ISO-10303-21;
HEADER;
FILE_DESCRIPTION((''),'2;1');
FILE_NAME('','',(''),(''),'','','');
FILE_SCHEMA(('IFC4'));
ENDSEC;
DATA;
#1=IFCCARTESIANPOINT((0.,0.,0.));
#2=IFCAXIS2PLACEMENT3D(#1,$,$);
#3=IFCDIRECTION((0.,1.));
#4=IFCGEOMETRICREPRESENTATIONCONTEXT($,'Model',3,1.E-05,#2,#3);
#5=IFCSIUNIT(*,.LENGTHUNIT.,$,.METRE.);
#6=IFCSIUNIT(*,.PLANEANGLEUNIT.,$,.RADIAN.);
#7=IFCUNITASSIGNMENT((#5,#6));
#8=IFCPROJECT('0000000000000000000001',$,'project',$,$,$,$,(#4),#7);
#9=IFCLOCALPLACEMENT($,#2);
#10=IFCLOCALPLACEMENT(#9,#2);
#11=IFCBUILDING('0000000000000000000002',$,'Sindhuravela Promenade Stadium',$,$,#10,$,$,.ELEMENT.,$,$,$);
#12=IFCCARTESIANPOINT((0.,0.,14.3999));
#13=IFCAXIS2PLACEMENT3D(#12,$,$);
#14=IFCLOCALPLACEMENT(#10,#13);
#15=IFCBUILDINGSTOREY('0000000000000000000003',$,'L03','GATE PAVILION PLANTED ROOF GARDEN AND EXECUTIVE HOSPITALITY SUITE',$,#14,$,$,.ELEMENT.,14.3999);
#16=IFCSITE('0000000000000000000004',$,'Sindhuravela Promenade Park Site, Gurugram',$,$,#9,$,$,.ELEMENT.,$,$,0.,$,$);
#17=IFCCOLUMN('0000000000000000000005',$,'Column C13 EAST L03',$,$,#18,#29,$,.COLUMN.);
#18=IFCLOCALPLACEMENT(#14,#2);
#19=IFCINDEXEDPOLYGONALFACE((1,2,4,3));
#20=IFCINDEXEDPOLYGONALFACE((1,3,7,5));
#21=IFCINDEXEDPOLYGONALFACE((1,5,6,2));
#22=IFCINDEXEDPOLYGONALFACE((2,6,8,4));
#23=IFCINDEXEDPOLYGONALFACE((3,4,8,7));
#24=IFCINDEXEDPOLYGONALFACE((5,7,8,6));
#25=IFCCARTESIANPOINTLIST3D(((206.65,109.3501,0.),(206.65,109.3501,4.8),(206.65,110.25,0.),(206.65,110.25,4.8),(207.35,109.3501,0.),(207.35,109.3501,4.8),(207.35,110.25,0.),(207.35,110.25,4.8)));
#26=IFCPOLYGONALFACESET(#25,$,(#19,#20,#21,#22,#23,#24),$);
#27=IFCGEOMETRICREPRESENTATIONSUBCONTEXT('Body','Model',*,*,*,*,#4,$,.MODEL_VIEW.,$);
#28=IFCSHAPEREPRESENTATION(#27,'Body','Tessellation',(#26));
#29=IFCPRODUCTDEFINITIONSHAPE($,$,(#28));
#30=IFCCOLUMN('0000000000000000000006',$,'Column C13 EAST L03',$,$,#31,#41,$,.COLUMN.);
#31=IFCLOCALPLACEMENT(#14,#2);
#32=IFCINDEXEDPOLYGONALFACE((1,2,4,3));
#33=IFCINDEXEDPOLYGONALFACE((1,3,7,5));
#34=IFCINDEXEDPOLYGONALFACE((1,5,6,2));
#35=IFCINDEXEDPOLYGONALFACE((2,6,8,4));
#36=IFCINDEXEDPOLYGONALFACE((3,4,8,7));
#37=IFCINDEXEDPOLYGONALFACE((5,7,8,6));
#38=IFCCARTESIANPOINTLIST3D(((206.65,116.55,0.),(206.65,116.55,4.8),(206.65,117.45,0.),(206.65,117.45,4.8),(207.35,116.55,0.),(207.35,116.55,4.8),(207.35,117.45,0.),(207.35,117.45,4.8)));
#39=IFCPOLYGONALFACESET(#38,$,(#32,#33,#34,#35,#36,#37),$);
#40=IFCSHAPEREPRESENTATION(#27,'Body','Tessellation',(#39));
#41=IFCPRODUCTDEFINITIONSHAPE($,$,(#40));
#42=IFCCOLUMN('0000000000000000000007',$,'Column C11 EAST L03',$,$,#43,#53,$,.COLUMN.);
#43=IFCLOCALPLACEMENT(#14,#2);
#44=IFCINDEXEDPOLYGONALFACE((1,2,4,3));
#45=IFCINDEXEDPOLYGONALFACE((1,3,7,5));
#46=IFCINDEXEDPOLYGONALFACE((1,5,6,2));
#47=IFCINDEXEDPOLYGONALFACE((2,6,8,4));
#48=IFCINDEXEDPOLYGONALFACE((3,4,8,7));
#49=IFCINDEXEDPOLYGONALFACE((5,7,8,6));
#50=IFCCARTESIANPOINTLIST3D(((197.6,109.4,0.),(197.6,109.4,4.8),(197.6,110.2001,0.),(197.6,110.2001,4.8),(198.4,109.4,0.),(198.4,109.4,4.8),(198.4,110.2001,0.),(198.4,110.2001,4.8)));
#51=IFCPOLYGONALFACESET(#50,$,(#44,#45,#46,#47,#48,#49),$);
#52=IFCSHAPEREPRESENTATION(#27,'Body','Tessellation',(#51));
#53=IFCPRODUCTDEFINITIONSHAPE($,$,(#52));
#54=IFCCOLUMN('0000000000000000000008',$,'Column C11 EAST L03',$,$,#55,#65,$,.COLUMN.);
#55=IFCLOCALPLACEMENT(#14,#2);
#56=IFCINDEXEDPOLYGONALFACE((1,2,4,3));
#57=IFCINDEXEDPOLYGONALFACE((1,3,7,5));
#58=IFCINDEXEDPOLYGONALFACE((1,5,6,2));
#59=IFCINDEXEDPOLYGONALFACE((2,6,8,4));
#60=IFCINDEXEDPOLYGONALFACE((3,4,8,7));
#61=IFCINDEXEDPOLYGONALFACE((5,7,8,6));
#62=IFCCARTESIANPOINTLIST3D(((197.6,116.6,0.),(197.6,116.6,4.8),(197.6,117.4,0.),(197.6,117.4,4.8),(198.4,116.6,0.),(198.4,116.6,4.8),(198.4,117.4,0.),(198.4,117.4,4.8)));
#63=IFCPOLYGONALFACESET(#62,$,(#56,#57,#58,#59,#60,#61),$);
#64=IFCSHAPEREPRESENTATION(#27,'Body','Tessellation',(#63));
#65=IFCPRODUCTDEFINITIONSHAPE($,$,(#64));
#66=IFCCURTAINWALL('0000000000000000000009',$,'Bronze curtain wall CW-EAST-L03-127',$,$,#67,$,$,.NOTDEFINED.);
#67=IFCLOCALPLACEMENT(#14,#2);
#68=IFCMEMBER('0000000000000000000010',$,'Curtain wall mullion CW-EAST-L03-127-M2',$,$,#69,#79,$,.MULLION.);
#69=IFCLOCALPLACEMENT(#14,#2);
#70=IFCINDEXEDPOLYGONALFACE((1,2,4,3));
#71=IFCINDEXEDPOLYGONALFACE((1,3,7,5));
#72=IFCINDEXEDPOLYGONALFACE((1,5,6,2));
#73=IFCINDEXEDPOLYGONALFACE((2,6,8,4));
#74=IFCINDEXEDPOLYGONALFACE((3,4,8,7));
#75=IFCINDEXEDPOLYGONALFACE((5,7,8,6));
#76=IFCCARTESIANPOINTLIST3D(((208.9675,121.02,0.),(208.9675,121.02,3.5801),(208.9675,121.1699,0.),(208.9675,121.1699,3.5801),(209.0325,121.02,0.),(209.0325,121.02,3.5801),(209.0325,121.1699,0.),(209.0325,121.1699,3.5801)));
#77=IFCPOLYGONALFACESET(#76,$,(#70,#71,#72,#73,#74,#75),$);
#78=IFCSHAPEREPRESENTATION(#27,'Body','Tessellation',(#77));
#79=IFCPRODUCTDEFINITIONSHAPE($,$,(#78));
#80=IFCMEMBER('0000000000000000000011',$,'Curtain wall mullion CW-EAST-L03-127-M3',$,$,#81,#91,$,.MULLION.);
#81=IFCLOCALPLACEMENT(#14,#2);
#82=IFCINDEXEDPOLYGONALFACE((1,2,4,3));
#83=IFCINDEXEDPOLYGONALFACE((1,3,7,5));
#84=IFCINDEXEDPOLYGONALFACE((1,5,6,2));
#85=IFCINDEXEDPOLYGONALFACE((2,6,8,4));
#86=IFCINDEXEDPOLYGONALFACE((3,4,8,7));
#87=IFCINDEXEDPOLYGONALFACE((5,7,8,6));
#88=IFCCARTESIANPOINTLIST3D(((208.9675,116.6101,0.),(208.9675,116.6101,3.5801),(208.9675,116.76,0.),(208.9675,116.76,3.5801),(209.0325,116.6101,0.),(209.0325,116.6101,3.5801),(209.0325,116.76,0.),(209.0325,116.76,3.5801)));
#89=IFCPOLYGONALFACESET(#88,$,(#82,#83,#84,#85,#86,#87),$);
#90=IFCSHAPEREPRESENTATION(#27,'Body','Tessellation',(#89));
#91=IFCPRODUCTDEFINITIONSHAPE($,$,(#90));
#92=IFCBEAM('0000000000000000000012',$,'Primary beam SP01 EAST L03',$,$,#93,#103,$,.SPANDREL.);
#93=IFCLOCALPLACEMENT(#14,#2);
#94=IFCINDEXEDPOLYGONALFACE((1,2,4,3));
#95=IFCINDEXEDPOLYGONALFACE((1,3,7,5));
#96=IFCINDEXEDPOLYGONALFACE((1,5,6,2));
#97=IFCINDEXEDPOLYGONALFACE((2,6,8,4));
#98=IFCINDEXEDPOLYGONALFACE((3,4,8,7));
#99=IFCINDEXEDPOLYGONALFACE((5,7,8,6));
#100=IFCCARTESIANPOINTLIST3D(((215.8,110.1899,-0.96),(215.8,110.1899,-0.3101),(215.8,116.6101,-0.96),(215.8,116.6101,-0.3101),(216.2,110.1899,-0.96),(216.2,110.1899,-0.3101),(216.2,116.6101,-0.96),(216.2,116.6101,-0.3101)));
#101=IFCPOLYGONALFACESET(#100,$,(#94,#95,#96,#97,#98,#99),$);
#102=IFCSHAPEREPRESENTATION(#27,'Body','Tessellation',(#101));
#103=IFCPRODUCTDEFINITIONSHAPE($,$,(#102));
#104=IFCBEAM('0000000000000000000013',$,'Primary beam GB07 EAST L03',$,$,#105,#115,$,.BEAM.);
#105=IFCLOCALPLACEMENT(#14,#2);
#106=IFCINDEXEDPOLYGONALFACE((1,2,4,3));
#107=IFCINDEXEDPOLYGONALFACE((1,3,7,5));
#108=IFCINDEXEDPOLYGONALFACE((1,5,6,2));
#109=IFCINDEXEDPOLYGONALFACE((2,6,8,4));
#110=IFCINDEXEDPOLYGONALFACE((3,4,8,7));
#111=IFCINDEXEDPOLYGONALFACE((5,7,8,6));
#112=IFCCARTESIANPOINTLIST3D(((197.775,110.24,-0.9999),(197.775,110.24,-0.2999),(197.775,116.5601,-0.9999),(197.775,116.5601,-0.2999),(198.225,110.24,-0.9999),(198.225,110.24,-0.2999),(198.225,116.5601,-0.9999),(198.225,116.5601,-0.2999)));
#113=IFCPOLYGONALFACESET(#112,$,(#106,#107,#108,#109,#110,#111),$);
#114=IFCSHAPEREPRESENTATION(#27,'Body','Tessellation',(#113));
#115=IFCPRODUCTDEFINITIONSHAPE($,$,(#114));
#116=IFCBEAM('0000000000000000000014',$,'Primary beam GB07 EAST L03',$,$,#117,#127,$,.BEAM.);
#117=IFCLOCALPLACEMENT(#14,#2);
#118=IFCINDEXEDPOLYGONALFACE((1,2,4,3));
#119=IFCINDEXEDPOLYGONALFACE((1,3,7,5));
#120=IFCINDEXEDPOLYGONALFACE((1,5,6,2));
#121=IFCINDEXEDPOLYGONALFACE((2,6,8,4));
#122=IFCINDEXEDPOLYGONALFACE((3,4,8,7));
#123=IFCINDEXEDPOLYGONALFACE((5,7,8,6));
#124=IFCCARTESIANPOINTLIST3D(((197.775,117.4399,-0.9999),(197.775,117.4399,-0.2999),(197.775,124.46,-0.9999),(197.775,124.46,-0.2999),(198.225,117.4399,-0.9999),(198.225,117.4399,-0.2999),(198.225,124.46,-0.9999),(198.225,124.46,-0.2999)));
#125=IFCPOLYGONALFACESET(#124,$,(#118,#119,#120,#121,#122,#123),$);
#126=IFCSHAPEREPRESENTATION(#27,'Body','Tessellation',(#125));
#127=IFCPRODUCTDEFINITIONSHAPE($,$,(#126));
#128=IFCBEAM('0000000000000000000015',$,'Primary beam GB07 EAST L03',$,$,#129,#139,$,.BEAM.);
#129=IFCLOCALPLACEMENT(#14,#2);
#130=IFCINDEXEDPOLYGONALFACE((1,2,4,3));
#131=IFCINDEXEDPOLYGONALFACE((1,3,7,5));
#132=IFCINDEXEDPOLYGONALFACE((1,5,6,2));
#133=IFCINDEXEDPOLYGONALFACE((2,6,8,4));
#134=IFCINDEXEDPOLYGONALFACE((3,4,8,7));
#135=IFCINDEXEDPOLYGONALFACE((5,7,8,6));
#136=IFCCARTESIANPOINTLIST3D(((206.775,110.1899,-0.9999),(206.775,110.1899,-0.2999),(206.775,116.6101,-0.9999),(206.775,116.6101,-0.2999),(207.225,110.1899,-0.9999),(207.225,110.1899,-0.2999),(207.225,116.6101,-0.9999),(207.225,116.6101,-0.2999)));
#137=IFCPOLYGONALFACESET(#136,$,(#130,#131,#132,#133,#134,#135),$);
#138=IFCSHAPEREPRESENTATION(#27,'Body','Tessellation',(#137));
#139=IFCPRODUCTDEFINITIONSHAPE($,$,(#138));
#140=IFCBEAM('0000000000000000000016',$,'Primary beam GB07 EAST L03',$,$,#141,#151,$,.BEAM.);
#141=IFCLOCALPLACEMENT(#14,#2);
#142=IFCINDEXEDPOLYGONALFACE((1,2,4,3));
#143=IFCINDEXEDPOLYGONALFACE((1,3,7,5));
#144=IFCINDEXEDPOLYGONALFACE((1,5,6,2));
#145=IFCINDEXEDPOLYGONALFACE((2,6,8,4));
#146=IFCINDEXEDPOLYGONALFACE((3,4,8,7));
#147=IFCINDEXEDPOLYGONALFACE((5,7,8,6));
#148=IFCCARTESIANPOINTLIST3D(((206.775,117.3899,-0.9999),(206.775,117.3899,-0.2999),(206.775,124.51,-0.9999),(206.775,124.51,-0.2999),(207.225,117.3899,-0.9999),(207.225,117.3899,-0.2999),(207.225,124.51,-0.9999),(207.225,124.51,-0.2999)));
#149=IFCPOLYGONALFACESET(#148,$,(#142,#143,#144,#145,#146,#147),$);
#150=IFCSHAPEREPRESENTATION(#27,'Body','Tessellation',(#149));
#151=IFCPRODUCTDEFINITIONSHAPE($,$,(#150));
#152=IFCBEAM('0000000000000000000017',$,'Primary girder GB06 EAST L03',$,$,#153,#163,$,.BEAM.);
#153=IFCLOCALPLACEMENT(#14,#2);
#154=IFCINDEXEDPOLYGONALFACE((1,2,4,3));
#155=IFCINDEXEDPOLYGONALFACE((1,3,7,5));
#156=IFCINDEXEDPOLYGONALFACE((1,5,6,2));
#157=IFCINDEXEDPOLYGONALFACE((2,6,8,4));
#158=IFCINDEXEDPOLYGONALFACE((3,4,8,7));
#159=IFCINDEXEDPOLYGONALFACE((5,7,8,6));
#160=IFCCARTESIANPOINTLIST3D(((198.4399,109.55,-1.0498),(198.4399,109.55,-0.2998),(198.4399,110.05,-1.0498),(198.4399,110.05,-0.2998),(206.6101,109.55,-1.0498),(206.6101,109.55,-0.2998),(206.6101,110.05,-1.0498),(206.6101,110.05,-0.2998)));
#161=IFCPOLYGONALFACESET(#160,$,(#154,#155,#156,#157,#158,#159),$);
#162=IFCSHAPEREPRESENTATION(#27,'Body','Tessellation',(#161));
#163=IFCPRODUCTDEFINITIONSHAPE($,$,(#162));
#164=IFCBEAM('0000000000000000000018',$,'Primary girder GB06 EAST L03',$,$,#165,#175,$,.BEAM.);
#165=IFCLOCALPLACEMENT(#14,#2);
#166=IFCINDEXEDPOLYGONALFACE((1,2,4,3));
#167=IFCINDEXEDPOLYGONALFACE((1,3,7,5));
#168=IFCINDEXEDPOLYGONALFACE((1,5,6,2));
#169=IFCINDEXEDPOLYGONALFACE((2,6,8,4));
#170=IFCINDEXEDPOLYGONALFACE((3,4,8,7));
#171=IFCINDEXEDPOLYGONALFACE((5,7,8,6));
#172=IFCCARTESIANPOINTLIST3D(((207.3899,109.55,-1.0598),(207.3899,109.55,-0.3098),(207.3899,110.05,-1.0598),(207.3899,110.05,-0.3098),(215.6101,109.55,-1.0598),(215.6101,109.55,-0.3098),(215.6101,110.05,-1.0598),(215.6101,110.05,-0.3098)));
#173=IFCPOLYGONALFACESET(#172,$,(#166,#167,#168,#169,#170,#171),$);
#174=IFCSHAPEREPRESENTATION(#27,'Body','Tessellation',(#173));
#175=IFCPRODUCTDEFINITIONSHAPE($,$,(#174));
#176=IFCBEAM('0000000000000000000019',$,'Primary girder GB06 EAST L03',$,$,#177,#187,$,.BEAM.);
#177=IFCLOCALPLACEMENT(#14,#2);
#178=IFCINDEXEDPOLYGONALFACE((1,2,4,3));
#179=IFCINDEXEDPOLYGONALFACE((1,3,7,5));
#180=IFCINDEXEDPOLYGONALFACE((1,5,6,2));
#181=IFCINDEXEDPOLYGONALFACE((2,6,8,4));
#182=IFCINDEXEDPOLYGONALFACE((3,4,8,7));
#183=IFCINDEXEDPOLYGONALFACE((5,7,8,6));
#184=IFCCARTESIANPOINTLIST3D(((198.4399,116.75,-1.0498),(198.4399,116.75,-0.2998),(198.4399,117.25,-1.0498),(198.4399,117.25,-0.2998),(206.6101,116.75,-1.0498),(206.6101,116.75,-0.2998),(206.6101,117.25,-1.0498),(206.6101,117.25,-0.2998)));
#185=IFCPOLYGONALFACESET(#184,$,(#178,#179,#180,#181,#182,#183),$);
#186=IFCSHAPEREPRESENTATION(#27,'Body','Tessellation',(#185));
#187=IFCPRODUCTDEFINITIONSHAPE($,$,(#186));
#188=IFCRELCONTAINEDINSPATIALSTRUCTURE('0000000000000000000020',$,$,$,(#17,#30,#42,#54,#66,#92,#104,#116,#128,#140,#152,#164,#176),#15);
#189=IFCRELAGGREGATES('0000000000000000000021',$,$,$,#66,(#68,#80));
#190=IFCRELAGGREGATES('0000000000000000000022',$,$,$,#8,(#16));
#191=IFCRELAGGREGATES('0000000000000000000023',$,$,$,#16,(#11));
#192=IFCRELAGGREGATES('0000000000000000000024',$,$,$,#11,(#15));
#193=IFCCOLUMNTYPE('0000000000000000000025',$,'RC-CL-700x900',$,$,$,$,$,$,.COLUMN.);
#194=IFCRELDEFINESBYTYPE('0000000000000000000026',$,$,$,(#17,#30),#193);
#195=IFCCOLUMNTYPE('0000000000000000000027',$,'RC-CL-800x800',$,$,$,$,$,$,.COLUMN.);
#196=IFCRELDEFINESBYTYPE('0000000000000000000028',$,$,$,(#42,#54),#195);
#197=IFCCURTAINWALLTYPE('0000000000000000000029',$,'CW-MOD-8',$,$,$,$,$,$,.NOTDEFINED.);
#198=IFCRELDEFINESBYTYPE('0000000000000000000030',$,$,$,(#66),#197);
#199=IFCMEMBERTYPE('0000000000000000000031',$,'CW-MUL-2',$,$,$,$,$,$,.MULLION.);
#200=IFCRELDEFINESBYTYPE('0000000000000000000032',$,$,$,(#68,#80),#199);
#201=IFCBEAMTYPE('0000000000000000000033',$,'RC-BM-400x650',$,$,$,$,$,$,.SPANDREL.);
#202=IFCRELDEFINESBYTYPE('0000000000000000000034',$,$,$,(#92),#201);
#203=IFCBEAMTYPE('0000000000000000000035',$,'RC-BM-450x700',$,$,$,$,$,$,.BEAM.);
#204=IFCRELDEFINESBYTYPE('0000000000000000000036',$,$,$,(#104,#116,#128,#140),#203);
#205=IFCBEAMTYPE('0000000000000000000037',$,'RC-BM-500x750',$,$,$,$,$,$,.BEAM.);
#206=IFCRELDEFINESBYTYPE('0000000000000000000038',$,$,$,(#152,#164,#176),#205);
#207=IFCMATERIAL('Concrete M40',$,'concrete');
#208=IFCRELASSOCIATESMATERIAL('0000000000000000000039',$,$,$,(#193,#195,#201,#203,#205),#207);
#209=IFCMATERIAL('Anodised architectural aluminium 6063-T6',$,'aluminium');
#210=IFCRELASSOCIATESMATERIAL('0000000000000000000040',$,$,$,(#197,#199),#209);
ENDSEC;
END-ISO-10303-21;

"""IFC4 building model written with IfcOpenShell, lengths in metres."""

from ifc_helpers import new_model, si_unit, direction, frame, origin, origin_2d, place, context, subcontext, project, spatial, rectangle, extrude, material, material_profile, profile_set, type_object, element, aggregate, save


model = new_model("IFC4")

# Units and contexts
model_context = context("Model", 3, precision=1e-05, world=origin(), true_north=direction((0.0, 1.0)))
body_context = subcontext(model_context, "Body", "Model", "MODEL_VIEW")
ifc_project = project(units=[si_unit("LENGTHUNIT", "METRE"), si_unit("PLANEANGLEUNIT", "RADIAN")], contexts=[model_context])

# Site, building, storey
site_placement = place(None, origin())
site = spatial("IfcSite", under=ifc_project, at=site_placement, Name="Sindhuravela Promenade Park Site, Gurugram", CompositionType="ELEMENT", RefElevation=0.0)
building_placement = place(site_placement, origin())
building = spatial("IfcBuilding", under=site, at=building_placement, Name="Sindhuravela Promenade Stadium", CompositionType="ELEMENT")
storey_placement = place(building_placement, frame((0.0, 0.0, 14.3999)))
storey = spatial("IfcBuildingStorey", under=building, at=storey_placement, Name="L03", Description="GATE PAVILION PLANTED ROOF GARDEN AND EXECUTIVE HOSPITALITY SUITE", CompositionType="ELEMENT", Elevation=14.3999)

# Columns
ifc_material_1 = material(Name="Concrete M40", Category="concrete")
ifc_material_profile_1 = material_profile(ifc_material_1, rectangle(XDim=0.7, YDim=0.8999, at=origin_2d()), Name="RC 700x900")
ifc_profile_set_1 = profile_set([ifc_material_profile_1], Name="Concrete M40")
column_type_1 = type_object("IfcColumnType", Name="RC-CL-700x900", PredefinedType="COLUMN", material=ifc_profile_set_1)
for number, where, z_axis, x_axis, name in (
    (1, (207.0, 109.8, 0.0), (0.0, 0.0, 1.0), (1.0, 0.0, 0.0), "Column C13 EAST L03"),
    (2, (207.0, 117.0, 0.0), (0.0, 0.0, 1.0), (1.0, 0.0, 0.0), "Column C13 EAST L03"),
):
    element("IfcColumn", number, at=place(storey_placement, frame(where, z_axis=z_axis, x_axis=x_axis)), inside=storey, type_object=column_type_1, Name=name, PredefinedType="COLUMN", context=body_context, shape_type="SweptSolid", body=[
        extrude(rectangle(XDim=0.7, YDim=0.8999, at=origin_2d()), origin(), (0.0, 0.0, 1.0), 4.8),
    ])
ifc_material_profile_2 = material_profile(ifc_material_1, rectangle(XDim=0.8, YDim=0.8, at=origin_2d()), Name="RC 800x800")
ifc_profile_set_2 = profile_set([ifc_material_profile_2], Name="Concrete M40")
column_type_2 = type_object("IfcColumnType", Name="RC-CL-800x800", PredefinedType="COLUMN", material=ifc_profile_set_2)
for number, where, z_axis, x_axis, name in (
    (3, (198.0, 109.8, 0.0), (0.0, 0.0, 1.0), (1.0, 0.0, 0.0), "Column C11 EAST L03"),
    (4, (198.0, 117.0, 0.0), (0.0, 0.0, 1.0), (1.0, 0.0, 0.0), "Column C11 EAST L03"),
):
    element("IfcColumn", number, at=place(storey_placement, frame(where, z_axis=z_axis, x_axis=x_axis)), inside=storey, type_object=column_type_2, Name=name, PredefinedType="COLUMN", context=body_context, shape_type="SweptSolid", body=[
        extrude(rectangle(XDim=0.8, YDim=0.8, at=origin_2d()), origin(), (0.0, 0.0, 1.0), 4.8),
    ])

# Curtain wall, members
ifc_material_2 = material(Name="Anodised architectural aluminium 6063-T6", Category="aluminium")
curtain_wall_type = type_object("IfcCurtainWallType", Name="CW-MOD-8", PredefinedType="NOTDEFINED", material=ifc_material_2)
curtain_wall_placement = place(storey_placement, origin())
curtain_wall = element("IfcCurtainWall", 5, at=curtain_wall_placement, inside=storey, type_object=curtain_wall_type, Name="Bronze curtain wall CW-EAST-L03-127", PredefinedType="NOTDEFINED")
ifc_material_profile_3 = material_profile(ifc_material_2, rectangle(XDim=0.0649, YDim=0.1499, at=origin_2d()), Name="ALU MULL 65x150")
ifc_profile_set_3 = profile_set([ifc_material_profile_3], Name="Anodised architectural aluminium 6063-T6")
member_type = type_object("IfcMemberType", Name="CW-MUL-2", PredefinedType="MULLION", material=ifc_profile_set_3)
member_1_placement = place(storey_placement, frame((209.0, 121.095, 0.0), z_axis=(0.0, 0.0, 1.0), x_axis=(1.0, 0.0, 0.0)))
member_1 = element("IfcMember", 6, at=member_1_placement, type_object=member_type, Name="Curtain wall mullion CW-EAST-L03-127-M2", PredefinedType="MULLION", context=body_context, shape_type="SweptSolid", body=[
    extrude(rectangle(XDim=0.0649, YDim=0.1499, at=origin_2d()), origin(), (0.0, 0.0, 1.0), 3.5801),
])
member_2_placement = place(storey_placement, frame((209.0, 116.6851, 0.0), z_axis=(0.0, 0.0, 1.0), x_axis=(1.0, 0.0, 0.0)))
member_2 = element("IfcMember", 7, at=member_2_placement, type_object=member_type, Name="Curtain wall mullion CW-EAST-L03-127-M3", PredefinedType="MULLION", context=body_context, shape_type="SweptSolid", body=[
    extrude(rectangle(XDim=0.0649, YDim=0.1499, at=origin_2d()), origin(), (0.0, 0.0, 1.0), 3.5801),
])

# Beams
ifc_material_profile_4 = material_profile(ifc_material_1, rectangle(XDim=0.3999, YDim=0.6499, at=origin_2d()), Name="RC 400x650")
ifc_profile_set_4 = profile_set([ifc_material_profile_4], Name="Concrete M40")
beam_type_1 = type_object("IfcBeamType", Name="RC-BM-400x650", PredefinedType="SPANDREL", material=ifc_profile_set_4)
beam_1_placement = place(storey_placement, frame((216.0, 110.1899, -0.635), z_axis=(0.0, 1.0, 0.0), x_axis=(-1.0, 0.0, 0.0)))
element("IfcBeam", 8, at=beam_1_placement, inside=storey, type_object=beam_type_1, Name="Primary beam SP01 EAST L03", PredefinedType="SPANDREL", context=body_context, shape_type="SweptSolid", body=[
    extrude(rectangle(XDim=0.3999, YDim=0.6499, at=origin_2d()), origin(), (0.0, 0.0, 1.0), 6.4202),
])
ifc_material_profile_5 = material_profile(ifc_material_1, rectangle(XDim=0.45, YDim=0.7, at=origin_2d()), Name="RC 450x700")
ifc_profile_set_5 = profile_set([ifc_material_profile_5], Name="Concrete M40")
beam_type_2 = type_object("IfcBeamType", Name="RC-BM-450x700", PredefinedType="BEAM", material=ifc_profile_set_5)
beam_2_placement = place(storey_placement, frame((198.0, 110.24, -0.6499), z_axis=(0.0, 1.0, 0.0), x_axis=(-1.0, 0.0, 0.0)))
element("IfcBeam", 9, at=beam_2_placement, inside=storey, type_object=beam_type_2, Name="Primary beam GB07 EAST L03", PredefinedType="BEAM", context=body_context, shape_type="SweptSolid", body=[
    extrude(rectangle(XDim=0.45, YDim=0.7, at=origin_2d()), origin(), (0.0, 0.0, 1.0), 6.3201),
])
beam_3_placement = place(storey_placement, frame((198.0, 117.4399, -0.6499), z_axis=(0.0, 1.0, 0.0), x_axis=(-1.0, 0.0, 0.0)))
element("IfcBeam", 10, at=beam_3_placement, inside=storey, type_object=beam_type_2, Name="Primary beam GB07 EAST L03", PredefinedType="BEAM", context=body_context, shape_type="SweptSolid", body=[
    extrude(rectangle(XDim=0.45, YDim=0.7, at=origin_2d()), origin(), (0.0, 0.0, 1.0), 7.02),
])
beam_4_placement = place(storey_placement, frame((207.0, 110.1899, -0.6499), z_axis=(0.0, 1.0, 0.0), x_axis=(-1.0, 0.0, 0.0)))
element("IfcBeam", 11, at=beam_4_placement, inside=storey, type_object=beam_type_2, Name="Primary beam GB07 EAST L03", PredefinedType="BEAM", context=body_context, shape_type="SweptSolid", body=[
    extrude(rectangle(XDim=0.45, YDim=0.7, at=origin_2d()), origin(), (0.0, 0.0, 1.0), 6.4202),
])
beam_5_placement = place(storey_placement, frame((207.0, 117.3899, -0.6499), z_axis=(0.0, 1.0, 0.0), x_axis=(-1.0, 0.0, 0.0)))
element("IfcBeam", 12, at=beam_5_placement, inside=storey, type_object=beam_type_2, Name="Primary beam GB07 EAST L03", PredefinedType="BEAM", context=body_context, shape_type="SweptSolid", body=[
    extrude(rectangle(XDim=0.45, YDim=0.7, at=origin_2d()), origin(), (0.0, 0.0, 1.0), 7.1201),
])
ifc_material_profile_6 = material_profile(ifc_material_1, rectangle(XDim=0.5, YDim=0.75, at=origin_2d()), Name="RC 500x750")
ifc_profile_set_6 = profile_set([ifc_material_profile_6], Name="Concrete M40")
beam_type_3 = type_object("IfcBeamType", Name="RC-BM-500x750", PredefinedType="BEAM", material=ifc_profile_set_6)
beam_6_placement = place(storey_placement, frame((198.4399, 109.8, -0.6748), z_axis=(1.0, 0.0, 0.0), x_axis=(0.0, 1.0, 0.0)))
element("IfcBeam", 13, at=beam_6_placement, inside=storey, type_object=beam_type_3, Name="Primary girder GB06 EAST L03", PredefinedType="BEAM", context=body_context, shape_type="SweptSolid", body=[
    extrude(rectangle(XDim=0.5, YDim=0.75, at=origin_2d()), origin(), (0.0, 0.0, 1.0), 8.1702),
])
beam_7_placement = place(storey_placement, frame((207.3899, 109.8, -0.6848), z_axis=(1.0, 0.0, 0.0), x_axis=(0.0, 1.0, 0.0)))
element("IfcBeam", 14, at=beam_7_placement, inside=storey, type_object=beam_type_3, Name="Primary girder GB06 EAST L03", PredefinedType="BEAM", context=body_context, shape_type="SweptSolid", body=[
    extrude(rectangle(XDim=0.5, YDim=0.75, at=origin_2d()), origin(), (0.0, 0.0, 1.0), 8.2202),
])
beam_8_placement = place(storey_placement, frame((198.4399, 117.0, -0.6748), z_axis=(1.0, 0.0, 0.0), x_axis=(0.0, 1.0, 0.0)))
element("IfcBeam", 15, at=beam_8_placement, inside=storey, type_object=beam_type_3, Name="Primary girder GB06 EAST L03", PredefinedType="BEAM", context=body_context, shape_type="SweptSolid", body=[
    extrude(rectangle(XDim=0.5, YDim=0.75, at=origin_2d()), origin(), (0.0, 0.0, 1.0), 8.1702),
])

aggregate(curtain_wall, [member_1, member_2])

save(model, "model.ifc")
